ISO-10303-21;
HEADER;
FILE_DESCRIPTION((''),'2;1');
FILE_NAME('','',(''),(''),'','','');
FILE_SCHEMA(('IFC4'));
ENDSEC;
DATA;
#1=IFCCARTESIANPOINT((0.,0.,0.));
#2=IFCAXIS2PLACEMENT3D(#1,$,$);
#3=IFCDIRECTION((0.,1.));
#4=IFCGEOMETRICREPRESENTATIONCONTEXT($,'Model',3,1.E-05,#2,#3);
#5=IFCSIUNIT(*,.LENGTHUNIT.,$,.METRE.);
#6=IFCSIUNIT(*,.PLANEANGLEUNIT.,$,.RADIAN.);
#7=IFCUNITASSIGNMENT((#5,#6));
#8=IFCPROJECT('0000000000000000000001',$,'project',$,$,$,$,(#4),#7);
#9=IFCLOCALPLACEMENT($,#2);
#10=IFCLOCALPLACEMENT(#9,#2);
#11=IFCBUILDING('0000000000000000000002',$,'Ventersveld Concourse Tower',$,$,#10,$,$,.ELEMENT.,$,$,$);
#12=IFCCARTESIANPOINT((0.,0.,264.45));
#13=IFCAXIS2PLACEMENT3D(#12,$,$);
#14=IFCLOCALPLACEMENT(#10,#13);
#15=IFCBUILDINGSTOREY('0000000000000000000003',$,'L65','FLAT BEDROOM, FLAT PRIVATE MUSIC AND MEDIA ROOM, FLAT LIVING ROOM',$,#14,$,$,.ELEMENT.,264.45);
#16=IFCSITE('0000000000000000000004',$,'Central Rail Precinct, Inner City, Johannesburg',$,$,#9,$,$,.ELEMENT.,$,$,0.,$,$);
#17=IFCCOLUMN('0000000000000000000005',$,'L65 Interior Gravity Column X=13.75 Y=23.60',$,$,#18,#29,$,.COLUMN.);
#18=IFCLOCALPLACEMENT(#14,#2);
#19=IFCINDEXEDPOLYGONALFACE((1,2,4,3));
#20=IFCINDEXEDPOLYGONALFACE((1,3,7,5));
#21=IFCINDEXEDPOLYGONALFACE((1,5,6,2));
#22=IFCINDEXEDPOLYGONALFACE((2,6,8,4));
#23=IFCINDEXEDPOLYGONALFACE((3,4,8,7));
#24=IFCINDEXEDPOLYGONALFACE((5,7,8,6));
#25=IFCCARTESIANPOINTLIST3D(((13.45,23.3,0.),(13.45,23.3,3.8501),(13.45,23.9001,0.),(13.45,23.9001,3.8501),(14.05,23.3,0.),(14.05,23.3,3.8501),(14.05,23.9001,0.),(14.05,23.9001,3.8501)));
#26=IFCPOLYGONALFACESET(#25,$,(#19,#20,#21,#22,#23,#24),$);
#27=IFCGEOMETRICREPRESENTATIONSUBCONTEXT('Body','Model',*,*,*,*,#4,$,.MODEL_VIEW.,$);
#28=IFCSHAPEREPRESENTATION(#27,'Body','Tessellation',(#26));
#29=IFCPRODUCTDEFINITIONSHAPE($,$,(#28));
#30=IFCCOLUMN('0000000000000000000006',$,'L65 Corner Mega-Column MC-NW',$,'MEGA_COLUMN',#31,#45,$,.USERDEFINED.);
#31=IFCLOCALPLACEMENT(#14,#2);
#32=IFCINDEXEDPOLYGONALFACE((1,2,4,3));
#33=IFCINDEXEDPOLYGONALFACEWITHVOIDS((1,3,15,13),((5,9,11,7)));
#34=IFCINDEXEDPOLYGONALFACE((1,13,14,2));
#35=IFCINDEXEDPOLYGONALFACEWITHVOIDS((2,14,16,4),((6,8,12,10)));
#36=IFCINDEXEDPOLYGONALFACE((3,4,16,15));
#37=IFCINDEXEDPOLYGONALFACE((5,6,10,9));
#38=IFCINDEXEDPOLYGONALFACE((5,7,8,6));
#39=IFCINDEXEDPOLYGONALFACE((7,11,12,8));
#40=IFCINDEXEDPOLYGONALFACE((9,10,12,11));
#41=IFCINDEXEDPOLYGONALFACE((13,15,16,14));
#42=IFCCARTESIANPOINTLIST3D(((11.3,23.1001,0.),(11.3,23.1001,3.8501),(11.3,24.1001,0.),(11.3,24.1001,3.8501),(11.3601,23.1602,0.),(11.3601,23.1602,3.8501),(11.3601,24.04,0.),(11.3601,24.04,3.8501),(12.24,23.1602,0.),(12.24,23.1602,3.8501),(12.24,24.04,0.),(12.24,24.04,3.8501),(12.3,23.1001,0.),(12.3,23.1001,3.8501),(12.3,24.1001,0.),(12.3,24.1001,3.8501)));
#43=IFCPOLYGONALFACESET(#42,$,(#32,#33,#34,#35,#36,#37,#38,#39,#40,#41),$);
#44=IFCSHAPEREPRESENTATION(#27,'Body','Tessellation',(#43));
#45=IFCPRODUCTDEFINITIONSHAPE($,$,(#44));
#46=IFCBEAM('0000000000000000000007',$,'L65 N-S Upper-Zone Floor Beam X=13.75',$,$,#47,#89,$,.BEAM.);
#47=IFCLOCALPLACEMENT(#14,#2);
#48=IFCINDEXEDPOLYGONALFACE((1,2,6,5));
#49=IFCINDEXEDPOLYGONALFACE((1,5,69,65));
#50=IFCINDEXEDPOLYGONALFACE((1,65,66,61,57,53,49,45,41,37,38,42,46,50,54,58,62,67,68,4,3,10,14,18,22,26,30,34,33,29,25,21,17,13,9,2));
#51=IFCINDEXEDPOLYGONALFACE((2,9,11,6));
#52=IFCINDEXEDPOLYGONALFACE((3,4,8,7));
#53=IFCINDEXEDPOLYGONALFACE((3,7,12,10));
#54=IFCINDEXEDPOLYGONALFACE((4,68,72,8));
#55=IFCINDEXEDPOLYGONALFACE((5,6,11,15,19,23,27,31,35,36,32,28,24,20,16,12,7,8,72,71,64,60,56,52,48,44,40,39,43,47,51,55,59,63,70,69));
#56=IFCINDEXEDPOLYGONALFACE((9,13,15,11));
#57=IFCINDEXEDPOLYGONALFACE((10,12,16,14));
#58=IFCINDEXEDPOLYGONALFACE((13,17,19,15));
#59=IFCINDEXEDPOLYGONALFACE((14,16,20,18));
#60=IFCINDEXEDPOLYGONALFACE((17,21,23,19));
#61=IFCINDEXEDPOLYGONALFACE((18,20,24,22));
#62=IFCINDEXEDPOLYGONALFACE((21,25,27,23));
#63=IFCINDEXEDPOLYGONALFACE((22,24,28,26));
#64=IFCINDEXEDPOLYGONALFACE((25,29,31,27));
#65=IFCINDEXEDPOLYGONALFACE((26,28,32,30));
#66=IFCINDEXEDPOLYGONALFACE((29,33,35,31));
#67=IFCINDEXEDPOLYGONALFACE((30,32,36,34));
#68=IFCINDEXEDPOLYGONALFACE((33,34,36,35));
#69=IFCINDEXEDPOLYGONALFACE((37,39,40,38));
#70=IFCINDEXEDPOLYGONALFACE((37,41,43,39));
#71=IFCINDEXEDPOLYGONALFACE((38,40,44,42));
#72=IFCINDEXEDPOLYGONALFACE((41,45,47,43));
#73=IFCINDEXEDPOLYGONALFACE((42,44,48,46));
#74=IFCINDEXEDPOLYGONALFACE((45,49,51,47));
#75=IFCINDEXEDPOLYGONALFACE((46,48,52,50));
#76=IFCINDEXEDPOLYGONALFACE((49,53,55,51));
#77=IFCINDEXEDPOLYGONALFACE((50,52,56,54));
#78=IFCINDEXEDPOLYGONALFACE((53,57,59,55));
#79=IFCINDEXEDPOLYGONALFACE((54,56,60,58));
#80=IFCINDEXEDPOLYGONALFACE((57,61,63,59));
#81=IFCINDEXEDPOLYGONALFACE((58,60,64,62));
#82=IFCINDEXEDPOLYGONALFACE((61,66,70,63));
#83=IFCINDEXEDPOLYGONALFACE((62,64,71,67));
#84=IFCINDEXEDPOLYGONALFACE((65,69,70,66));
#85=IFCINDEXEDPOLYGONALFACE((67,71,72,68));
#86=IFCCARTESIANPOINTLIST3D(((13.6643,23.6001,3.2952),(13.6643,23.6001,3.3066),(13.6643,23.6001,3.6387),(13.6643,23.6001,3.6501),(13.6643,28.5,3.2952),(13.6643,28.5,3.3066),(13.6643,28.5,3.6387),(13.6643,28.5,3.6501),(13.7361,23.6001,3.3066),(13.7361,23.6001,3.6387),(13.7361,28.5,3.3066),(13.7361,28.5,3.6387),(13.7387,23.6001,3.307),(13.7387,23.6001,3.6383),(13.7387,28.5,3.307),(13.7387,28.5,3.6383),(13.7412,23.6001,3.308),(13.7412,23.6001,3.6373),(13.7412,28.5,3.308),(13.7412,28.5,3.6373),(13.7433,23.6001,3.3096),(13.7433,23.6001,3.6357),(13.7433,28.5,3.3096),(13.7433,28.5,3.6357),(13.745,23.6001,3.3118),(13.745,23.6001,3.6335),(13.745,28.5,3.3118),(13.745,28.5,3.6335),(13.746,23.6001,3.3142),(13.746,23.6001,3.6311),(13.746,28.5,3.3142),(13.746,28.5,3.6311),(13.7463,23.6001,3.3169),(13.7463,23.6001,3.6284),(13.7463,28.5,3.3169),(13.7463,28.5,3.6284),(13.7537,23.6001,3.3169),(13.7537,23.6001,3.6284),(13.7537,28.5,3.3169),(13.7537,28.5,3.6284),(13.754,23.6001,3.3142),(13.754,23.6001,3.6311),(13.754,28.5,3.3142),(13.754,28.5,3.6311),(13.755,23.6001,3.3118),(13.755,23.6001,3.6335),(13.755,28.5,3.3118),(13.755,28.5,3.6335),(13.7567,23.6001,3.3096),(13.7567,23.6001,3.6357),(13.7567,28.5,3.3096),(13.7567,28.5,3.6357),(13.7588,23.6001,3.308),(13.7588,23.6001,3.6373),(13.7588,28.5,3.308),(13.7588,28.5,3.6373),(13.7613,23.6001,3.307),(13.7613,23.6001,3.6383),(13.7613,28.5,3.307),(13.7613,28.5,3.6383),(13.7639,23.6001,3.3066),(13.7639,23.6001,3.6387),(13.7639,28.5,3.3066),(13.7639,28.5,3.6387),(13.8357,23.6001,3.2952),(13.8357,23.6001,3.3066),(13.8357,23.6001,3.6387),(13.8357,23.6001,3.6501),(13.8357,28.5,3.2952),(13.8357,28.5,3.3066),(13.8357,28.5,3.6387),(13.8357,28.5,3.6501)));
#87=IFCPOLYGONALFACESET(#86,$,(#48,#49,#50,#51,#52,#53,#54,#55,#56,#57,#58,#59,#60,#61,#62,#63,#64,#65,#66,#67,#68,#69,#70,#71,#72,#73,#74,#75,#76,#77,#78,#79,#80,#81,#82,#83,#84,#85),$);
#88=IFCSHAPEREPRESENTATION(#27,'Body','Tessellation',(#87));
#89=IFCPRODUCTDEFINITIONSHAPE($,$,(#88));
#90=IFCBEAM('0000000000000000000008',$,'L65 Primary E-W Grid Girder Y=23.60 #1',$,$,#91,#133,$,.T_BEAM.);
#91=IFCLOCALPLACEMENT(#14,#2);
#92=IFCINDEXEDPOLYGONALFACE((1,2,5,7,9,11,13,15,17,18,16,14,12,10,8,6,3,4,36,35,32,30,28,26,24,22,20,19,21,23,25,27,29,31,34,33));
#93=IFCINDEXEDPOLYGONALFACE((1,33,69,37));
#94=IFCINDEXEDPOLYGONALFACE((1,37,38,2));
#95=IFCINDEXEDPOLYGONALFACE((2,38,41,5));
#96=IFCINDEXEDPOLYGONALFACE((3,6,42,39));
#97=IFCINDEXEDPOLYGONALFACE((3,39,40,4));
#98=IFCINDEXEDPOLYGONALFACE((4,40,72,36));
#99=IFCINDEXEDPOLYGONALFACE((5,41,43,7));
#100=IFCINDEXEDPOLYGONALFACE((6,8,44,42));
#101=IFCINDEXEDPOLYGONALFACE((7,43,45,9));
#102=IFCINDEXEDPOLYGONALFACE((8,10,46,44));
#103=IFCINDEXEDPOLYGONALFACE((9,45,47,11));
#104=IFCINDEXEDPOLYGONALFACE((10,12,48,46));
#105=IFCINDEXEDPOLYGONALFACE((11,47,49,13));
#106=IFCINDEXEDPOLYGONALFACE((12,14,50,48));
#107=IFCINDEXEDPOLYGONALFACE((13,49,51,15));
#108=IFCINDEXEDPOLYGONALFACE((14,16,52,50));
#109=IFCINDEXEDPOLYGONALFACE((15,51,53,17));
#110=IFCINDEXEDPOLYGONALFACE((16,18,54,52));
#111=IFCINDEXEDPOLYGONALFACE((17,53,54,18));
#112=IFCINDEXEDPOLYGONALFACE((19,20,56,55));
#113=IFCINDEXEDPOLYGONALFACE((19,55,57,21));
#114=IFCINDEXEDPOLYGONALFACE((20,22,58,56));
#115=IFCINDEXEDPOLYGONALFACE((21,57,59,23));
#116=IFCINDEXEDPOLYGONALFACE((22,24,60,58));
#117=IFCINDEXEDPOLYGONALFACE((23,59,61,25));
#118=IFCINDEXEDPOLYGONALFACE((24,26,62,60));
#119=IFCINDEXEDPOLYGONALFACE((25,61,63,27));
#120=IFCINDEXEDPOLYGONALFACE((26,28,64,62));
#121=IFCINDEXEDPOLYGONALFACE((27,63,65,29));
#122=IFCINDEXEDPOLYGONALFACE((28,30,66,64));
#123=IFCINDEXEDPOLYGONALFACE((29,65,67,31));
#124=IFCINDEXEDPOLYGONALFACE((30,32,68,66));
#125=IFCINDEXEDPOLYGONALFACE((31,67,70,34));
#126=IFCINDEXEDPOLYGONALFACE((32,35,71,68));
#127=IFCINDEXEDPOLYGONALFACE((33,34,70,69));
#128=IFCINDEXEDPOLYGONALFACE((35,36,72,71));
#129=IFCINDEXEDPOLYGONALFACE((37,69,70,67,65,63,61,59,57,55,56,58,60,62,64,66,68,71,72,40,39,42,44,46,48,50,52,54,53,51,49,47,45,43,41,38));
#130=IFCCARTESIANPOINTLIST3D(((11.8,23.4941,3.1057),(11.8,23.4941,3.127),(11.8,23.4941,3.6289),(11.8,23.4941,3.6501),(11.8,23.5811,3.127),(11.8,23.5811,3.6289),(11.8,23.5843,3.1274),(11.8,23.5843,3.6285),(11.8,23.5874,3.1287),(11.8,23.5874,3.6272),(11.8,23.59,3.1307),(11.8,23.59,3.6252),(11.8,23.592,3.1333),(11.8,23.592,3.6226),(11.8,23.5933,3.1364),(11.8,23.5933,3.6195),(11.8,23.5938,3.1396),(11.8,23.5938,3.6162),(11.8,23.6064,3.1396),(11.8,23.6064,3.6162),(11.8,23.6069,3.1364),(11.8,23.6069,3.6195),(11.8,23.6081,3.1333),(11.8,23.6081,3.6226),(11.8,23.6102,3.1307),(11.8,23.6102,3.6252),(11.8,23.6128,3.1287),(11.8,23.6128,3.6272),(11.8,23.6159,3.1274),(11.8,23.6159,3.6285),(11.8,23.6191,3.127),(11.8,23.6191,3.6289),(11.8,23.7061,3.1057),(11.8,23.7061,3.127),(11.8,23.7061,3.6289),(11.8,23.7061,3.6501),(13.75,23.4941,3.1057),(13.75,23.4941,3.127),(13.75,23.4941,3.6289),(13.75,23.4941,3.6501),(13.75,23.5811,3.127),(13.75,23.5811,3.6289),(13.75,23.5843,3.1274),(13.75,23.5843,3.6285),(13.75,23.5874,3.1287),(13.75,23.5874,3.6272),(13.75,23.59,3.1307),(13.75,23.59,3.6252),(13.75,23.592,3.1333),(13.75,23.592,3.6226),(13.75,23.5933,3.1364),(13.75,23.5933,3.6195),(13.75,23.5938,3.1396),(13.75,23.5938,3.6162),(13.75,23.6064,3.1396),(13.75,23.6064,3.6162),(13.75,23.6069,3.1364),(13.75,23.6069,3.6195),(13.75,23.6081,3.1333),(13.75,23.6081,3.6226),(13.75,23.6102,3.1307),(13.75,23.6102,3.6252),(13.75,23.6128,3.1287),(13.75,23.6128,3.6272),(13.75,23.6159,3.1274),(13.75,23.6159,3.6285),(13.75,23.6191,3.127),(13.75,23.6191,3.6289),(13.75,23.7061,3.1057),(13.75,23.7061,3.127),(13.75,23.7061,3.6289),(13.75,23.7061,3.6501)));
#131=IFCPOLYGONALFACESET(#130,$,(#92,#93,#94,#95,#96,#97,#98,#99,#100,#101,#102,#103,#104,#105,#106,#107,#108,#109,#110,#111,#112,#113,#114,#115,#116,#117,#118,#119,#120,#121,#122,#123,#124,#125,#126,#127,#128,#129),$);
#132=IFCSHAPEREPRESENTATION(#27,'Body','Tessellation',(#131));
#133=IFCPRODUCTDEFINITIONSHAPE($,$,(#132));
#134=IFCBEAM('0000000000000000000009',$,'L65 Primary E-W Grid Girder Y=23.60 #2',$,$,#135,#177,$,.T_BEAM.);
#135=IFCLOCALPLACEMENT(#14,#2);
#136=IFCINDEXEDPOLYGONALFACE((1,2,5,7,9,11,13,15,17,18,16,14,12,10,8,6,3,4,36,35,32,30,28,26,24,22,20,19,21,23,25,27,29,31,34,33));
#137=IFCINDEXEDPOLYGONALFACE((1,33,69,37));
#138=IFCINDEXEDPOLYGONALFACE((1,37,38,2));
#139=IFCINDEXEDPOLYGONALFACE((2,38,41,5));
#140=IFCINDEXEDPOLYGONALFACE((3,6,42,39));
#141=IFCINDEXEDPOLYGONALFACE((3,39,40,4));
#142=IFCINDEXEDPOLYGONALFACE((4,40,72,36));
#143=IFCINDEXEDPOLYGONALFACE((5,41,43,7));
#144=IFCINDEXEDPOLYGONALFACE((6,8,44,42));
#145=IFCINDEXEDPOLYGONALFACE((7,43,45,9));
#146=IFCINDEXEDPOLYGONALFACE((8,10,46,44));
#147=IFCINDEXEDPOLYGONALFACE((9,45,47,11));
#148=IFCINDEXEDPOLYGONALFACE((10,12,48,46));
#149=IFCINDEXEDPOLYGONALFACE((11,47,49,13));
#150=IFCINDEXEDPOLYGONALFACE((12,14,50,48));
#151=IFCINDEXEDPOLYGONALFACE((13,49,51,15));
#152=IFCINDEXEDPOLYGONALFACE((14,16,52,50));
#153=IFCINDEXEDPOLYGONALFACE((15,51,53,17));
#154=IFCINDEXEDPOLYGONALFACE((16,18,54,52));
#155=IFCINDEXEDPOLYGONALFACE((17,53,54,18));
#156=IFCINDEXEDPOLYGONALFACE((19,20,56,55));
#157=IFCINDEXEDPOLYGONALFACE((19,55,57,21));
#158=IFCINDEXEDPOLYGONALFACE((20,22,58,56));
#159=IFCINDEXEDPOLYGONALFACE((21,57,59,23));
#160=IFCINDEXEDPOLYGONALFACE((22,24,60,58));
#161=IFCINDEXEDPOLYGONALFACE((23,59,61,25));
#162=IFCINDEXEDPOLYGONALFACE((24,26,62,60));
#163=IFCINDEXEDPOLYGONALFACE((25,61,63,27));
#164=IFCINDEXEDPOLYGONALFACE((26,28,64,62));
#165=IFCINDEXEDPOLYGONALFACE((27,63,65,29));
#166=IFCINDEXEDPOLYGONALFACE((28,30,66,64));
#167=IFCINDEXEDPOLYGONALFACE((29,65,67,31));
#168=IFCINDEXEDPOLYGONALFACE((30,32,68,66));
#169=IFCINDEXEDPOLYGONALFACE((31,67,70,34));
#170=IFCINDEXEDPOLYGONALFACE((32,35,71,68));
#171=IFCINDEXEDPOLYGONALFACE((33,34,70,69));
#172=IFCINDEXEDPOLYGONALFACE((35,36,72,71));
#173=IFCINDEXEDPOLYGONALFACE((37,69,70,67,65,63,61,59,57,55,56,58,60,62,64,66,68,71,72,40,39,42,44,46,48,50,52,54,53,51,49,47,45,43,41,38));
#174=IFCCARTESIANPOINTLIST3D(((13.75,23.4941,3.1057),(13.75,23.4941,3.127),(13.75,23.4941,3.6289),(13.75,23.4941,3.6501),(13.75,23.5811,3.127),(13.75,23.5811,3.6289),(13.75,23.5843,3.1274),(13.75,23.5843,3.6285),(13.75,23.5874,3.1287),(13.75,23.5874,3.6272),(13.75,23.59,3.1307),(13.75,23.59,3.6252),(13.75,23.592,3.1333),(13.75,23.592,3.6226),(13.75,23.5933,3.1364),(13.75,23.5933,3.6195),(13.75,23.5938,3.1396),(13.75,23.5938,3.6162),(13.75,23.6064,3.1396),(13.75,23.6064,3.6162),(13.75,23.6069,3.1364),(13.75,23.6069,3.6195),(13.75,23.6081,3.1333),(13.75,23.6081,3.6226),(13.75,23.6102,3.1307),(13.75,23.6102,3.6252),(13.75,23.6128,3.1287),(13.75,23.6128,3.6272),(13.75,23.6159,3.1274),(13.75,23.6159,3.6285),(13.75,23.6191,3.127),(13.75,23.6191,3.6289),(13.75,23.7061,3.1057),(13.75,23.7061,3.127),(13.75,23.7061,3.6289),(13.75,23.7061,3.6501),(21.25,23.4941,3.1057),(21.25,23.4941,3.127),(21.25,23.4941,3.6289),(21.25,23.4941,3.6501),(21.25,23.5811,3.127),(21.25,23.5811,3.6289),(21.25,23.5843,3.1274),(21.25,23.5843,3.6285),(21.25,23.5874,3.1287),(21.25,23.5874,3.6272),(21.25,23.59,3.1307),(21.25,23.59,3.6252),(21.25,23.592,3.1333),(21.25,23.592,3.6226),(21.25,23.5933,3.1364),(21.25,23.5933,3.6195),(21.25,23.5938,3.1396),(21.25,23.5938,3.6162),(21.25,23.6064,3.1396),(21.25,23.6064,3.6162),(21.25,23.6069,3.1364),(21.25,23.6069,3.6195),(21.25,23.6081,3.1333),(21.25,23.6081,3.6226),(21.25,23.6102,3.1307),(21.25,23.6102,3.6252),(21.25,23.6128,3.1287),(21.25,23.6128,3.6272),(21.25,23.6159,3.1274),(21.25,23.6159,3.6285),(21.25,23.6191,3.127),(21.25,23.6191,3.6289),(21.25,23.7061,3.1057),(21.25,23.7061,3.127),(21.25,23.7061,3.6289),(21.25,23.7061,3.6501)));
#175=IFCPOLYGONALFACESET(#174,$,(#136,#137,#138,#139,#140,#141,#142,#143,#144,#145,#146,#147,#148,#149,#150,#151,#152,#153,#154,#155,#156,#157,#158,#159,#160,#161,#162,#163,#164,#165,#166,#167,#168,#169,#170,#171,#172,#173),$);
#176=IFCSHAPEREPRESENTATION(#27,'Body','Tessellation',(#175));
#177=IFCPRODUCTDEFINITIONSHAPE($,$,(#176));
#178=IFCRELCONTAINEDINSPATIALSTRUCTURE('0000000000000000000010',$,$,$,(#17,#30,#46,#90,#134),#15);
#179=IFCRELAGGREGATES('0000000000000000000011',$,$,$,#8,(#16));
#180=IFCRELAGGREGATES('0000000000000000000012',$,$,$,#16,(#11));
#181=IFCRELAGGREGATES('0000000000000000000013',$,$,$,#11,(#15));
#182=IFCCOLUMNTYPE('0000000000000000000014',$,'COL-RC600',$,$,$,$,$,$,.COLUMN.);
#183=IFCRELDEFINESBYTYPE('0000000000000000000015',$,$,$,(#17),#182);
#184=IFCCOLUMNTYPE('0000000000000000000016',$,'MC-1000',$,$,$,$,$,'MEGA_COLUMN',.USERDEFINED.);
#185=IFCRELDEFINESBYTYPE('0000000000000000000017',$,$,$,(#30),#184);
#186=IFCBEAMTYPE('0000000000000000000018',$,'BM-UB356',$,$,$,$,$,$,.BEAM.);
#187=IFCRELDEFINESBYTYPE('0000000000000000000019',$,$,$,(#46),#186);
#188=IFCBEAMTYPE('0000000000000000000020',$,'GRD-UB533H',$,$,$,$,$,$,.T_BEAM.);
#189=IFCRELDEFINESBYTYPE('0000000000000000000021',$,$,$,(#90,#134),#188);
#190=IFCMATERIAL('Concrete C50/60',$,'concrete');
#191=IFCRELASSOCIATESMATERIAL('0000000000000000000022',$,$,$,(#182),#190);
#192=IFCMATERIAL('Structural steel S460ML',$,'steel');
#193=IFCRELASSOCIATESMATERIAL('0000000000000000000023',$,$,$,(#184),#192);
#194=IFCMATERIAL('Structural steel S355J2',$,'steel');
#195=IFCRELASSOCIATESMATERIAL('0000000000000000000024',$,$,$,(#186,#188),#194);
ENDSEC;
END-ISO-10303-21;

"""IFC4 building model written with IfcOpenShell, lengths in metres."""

from ifc_helpers import new_model, si_unit, direction, frame, origin, origin_2d, place, context, subcontext, project, spatial, rectangle, hollow_rectangle, i_section, extrude, material, material_profile, profile_set, type_object, element, save


model = new_model("IFC4")

# Units and contexts
model_context = context("Model", 3, precision=1e-05, world=origin(), true_north=direction((0.0, 1.0)))
body_context = subcontext(model_context, "Body", "Model", "MODEL_VIEW")
ifc_project = project(units=[si_unit("LENGTHUNIT", "METRE"), si_unit("PLANEANGLEUNIT", "RADIAN")], contexts=[model_context])

# Site, building, storey
site_placement = place(None, origin())
site = spatial("IfcSite", under=ifc_project, at=site_placement, Name="Central Rail Precinct, Inner City, Johannesburg", CompositionType="ELEMENT", RefElevation=0.0)
building_placement = place(site_placement, origin())
building = spatial("IfcBuilding", under=site, at=building_placement, Name="Ventersveld Concourse Tower", CompositionType="ELEMENT")
storey_placement = place(building_placement, frame((0.0, 0.0, 264.45)))
storey = spatial("IfcBuildingStorey", under=building, at=storey_placement, Name="L65", Description="FLAT BEDROOM, FLAT PRIVATE MUSIC AND MEDIA ROOM, FLAT LIVING ROOM", CompositionType="ELEMENT", Elevation=264.45)

# Columns
ifc_material_1 = material(Name="Concrete C50/60", Category="concrete")
ifc_material_profile_1 = material_profile(ifc_material_1, rectangle(XDim=0.6001, YDim=0.6001, at=origin_2d()), Name="RC 600x600")
ifc_profile_set_1 = profile_set([ifc_material_profile_1], Name="Concrete C50/60")
column_type_1 = type_object("IfcColumnType", Name="COL-RC600", PredefinedType="COLUMN", material=ifc_profile_set_1)
column_1_placement = place(storey_placement, frame((13.75, 23.6001, 0.0), z_axis=(0.0, 0.0, 1.0), x_axis=(1.0, 0.0, 0.0)))
element("IfcColumn", 1, at=column_1_placement, inside=storey, type_object=column_type_1, Name="L65 Interior Gravity Column X=13.75 Y=23.60", PredefinedType="COLUMN", context=body_context, shape_type="SweptSolid", body=[
    extrude(rectangle(XDim=0.6001, YDim=0.6001, at=origin_2d()), origin(), (0.0, 0.0, 1.0), 3.8501),
])
ifc_material_2 = material(Name="Structural steel S460ML", Category="steel")
ifc_material_profile_2 = material_profile(ifc_material_2, hollow_rectangle(XDim=1.0, YDim=1.0, WallThickness=0.0601, at=origin_2d()), Name="BOX 1000x1000x60")
ifc_profile_set_2 = profile_set([ifc_material_profile_2], Name="Structural steel S460ML")
column_type_2 = type_object("IfcColumnType", Name="MC-1000", ElementType="MEGA_COLUMN", PredefinedType="USERDEFINED", material=ifc_profile_set_2)
column_2_placement = place(storey_placement, frame((11.8, 23.6001, 0.0), z_axis=(0.0, 0.0, 1.0), x_axis=(1.0, 0.0, 0.0)))
element("IfcColumn", 2, at=column_2_placement, inside=storey, type_object=column_type_2, Name="L65 Corner Mega-Column MC-NW", ObjectType="MEGA_COLUMN", PredefinedType="USERDEFINED", context=body_context, shape_type="SweptSolid", body=[
    extrude(hollow_rectangle(XDim=1.0, YDim=1.0, WallThickness=0.0601, at=origin_2d()), origin(), (0.0, 0.0, 1.0), 3.8501),
])

# Beams
ifc_material_3 = material(Name="Structural steel S355J2", Category="steel")
ifc_material_profile_3 = material_profile(ifc_material_3, i_section(OverallWidth=0.1714, OverallDepth=0.355, WebThickness=0.0073, FlangeThickness=0.0115, FilletRadius=0.0103, at=origin_2d()), Name="UB 356x171x51")
ifc_profile_set_3 = profile_set([ifc_material_profile_3], Name="Structural steel S355J2")
beam_type_1 = type_object("IfcBeamType", Name="BM-UB356", PredefinedType="BEAM", material=ifc_profile_set_3)
beam_1_placement = place(storey_placement, frame((13.75, 23.6001, 3.4727), z_axis=(0.0, 1.0, 0.0), x_axis=(-1.0, 0.0, 0.0)))
element("IfcBeam", 3, at=beam_1_placement, inside=storey, type_object=beam_type_1, Name="L65 N-S Upper-Zone Floor Beam X=13.75", PredefinedType="BEAM", context=body_context, shape_type="SweptSolid", body=[
    extrude(i_section(OverallWidth=0.1714, OverallDepth=0.355, WebThickness=0.0073, FlangeThickness=0.0115, FilletRadius=0.0103, at=origin_2d()), origin(), (0.0, 0.0, 1.0), 4.8999),
])
ifc_material_profile_4 = material_profile(ifc_material_3, i_section(OverallWidth=0.2119, OverallDepth=0.5444, WebThickness=0.0127, FlangeThickness=0.0212, FilletRadius=0.0127, at=origin_2d()), Name="UB 533x210x122")
ifc_profile_set_4 = profile_set([ifc_material_profile_4], Name="Structural steel S355J2")
beam_type_2 = type_object("IfcBeamType", Name="GRD-UB533H", PredefinedType="T_BEAM", material=ifc_profile_set_4)
beam_2_placement = place(storey_placement, frame((11.8, 23.6001, 3.3779), z_axis=(1.0, 0.0, 0.0), x_axis=(0.0, 1.0, 0.0)))
element("IfcBeam", 4, at=beam_2_placement, inside=storey, type_object=beam_type_2, Name="L65 Primary E-W Grid Girder Y=23.60 #1", PredefinedType="T_BEAM", context=body_context, shape_type="SweptSolid", body=[
    extrude(i_section(OverallWidth=0.2119, OverallDepth=0.5444, WebThickness=0.0127, FlangeThickness=0.0212, FilletRadius=0.0127, at=origin_2d()), origin(), (0.0, 0.0, 1.0), 1.95),
])
beam_3_placement = place(storey_placement, frame((13.75, 23.6001, 3.3779), z_axis=(1.0, 0.0, 0.0), x_axis=(0.0, 1.0, 0.0)))
element("IfcBeam", 5, at=beam_3_placement, inside=storey, type_object=beam_type_2, Name="L65 Primary E-W Grid Girder Y=23.60 #2", PredefinedType="T_BEAM", context=body_context, shape_type="SweptSolid", body=[
    extrude(i_section(OverallWidth=0.2119, OverallDepth=0.5444, WebThickness=0.0127, FlangeThickness=0.0212, FilletRadius=0.0127, at=origin_2d()), origin(), (0.0, 0.0, 1.0), 7.5),
])

save(model, "model.ifc")
